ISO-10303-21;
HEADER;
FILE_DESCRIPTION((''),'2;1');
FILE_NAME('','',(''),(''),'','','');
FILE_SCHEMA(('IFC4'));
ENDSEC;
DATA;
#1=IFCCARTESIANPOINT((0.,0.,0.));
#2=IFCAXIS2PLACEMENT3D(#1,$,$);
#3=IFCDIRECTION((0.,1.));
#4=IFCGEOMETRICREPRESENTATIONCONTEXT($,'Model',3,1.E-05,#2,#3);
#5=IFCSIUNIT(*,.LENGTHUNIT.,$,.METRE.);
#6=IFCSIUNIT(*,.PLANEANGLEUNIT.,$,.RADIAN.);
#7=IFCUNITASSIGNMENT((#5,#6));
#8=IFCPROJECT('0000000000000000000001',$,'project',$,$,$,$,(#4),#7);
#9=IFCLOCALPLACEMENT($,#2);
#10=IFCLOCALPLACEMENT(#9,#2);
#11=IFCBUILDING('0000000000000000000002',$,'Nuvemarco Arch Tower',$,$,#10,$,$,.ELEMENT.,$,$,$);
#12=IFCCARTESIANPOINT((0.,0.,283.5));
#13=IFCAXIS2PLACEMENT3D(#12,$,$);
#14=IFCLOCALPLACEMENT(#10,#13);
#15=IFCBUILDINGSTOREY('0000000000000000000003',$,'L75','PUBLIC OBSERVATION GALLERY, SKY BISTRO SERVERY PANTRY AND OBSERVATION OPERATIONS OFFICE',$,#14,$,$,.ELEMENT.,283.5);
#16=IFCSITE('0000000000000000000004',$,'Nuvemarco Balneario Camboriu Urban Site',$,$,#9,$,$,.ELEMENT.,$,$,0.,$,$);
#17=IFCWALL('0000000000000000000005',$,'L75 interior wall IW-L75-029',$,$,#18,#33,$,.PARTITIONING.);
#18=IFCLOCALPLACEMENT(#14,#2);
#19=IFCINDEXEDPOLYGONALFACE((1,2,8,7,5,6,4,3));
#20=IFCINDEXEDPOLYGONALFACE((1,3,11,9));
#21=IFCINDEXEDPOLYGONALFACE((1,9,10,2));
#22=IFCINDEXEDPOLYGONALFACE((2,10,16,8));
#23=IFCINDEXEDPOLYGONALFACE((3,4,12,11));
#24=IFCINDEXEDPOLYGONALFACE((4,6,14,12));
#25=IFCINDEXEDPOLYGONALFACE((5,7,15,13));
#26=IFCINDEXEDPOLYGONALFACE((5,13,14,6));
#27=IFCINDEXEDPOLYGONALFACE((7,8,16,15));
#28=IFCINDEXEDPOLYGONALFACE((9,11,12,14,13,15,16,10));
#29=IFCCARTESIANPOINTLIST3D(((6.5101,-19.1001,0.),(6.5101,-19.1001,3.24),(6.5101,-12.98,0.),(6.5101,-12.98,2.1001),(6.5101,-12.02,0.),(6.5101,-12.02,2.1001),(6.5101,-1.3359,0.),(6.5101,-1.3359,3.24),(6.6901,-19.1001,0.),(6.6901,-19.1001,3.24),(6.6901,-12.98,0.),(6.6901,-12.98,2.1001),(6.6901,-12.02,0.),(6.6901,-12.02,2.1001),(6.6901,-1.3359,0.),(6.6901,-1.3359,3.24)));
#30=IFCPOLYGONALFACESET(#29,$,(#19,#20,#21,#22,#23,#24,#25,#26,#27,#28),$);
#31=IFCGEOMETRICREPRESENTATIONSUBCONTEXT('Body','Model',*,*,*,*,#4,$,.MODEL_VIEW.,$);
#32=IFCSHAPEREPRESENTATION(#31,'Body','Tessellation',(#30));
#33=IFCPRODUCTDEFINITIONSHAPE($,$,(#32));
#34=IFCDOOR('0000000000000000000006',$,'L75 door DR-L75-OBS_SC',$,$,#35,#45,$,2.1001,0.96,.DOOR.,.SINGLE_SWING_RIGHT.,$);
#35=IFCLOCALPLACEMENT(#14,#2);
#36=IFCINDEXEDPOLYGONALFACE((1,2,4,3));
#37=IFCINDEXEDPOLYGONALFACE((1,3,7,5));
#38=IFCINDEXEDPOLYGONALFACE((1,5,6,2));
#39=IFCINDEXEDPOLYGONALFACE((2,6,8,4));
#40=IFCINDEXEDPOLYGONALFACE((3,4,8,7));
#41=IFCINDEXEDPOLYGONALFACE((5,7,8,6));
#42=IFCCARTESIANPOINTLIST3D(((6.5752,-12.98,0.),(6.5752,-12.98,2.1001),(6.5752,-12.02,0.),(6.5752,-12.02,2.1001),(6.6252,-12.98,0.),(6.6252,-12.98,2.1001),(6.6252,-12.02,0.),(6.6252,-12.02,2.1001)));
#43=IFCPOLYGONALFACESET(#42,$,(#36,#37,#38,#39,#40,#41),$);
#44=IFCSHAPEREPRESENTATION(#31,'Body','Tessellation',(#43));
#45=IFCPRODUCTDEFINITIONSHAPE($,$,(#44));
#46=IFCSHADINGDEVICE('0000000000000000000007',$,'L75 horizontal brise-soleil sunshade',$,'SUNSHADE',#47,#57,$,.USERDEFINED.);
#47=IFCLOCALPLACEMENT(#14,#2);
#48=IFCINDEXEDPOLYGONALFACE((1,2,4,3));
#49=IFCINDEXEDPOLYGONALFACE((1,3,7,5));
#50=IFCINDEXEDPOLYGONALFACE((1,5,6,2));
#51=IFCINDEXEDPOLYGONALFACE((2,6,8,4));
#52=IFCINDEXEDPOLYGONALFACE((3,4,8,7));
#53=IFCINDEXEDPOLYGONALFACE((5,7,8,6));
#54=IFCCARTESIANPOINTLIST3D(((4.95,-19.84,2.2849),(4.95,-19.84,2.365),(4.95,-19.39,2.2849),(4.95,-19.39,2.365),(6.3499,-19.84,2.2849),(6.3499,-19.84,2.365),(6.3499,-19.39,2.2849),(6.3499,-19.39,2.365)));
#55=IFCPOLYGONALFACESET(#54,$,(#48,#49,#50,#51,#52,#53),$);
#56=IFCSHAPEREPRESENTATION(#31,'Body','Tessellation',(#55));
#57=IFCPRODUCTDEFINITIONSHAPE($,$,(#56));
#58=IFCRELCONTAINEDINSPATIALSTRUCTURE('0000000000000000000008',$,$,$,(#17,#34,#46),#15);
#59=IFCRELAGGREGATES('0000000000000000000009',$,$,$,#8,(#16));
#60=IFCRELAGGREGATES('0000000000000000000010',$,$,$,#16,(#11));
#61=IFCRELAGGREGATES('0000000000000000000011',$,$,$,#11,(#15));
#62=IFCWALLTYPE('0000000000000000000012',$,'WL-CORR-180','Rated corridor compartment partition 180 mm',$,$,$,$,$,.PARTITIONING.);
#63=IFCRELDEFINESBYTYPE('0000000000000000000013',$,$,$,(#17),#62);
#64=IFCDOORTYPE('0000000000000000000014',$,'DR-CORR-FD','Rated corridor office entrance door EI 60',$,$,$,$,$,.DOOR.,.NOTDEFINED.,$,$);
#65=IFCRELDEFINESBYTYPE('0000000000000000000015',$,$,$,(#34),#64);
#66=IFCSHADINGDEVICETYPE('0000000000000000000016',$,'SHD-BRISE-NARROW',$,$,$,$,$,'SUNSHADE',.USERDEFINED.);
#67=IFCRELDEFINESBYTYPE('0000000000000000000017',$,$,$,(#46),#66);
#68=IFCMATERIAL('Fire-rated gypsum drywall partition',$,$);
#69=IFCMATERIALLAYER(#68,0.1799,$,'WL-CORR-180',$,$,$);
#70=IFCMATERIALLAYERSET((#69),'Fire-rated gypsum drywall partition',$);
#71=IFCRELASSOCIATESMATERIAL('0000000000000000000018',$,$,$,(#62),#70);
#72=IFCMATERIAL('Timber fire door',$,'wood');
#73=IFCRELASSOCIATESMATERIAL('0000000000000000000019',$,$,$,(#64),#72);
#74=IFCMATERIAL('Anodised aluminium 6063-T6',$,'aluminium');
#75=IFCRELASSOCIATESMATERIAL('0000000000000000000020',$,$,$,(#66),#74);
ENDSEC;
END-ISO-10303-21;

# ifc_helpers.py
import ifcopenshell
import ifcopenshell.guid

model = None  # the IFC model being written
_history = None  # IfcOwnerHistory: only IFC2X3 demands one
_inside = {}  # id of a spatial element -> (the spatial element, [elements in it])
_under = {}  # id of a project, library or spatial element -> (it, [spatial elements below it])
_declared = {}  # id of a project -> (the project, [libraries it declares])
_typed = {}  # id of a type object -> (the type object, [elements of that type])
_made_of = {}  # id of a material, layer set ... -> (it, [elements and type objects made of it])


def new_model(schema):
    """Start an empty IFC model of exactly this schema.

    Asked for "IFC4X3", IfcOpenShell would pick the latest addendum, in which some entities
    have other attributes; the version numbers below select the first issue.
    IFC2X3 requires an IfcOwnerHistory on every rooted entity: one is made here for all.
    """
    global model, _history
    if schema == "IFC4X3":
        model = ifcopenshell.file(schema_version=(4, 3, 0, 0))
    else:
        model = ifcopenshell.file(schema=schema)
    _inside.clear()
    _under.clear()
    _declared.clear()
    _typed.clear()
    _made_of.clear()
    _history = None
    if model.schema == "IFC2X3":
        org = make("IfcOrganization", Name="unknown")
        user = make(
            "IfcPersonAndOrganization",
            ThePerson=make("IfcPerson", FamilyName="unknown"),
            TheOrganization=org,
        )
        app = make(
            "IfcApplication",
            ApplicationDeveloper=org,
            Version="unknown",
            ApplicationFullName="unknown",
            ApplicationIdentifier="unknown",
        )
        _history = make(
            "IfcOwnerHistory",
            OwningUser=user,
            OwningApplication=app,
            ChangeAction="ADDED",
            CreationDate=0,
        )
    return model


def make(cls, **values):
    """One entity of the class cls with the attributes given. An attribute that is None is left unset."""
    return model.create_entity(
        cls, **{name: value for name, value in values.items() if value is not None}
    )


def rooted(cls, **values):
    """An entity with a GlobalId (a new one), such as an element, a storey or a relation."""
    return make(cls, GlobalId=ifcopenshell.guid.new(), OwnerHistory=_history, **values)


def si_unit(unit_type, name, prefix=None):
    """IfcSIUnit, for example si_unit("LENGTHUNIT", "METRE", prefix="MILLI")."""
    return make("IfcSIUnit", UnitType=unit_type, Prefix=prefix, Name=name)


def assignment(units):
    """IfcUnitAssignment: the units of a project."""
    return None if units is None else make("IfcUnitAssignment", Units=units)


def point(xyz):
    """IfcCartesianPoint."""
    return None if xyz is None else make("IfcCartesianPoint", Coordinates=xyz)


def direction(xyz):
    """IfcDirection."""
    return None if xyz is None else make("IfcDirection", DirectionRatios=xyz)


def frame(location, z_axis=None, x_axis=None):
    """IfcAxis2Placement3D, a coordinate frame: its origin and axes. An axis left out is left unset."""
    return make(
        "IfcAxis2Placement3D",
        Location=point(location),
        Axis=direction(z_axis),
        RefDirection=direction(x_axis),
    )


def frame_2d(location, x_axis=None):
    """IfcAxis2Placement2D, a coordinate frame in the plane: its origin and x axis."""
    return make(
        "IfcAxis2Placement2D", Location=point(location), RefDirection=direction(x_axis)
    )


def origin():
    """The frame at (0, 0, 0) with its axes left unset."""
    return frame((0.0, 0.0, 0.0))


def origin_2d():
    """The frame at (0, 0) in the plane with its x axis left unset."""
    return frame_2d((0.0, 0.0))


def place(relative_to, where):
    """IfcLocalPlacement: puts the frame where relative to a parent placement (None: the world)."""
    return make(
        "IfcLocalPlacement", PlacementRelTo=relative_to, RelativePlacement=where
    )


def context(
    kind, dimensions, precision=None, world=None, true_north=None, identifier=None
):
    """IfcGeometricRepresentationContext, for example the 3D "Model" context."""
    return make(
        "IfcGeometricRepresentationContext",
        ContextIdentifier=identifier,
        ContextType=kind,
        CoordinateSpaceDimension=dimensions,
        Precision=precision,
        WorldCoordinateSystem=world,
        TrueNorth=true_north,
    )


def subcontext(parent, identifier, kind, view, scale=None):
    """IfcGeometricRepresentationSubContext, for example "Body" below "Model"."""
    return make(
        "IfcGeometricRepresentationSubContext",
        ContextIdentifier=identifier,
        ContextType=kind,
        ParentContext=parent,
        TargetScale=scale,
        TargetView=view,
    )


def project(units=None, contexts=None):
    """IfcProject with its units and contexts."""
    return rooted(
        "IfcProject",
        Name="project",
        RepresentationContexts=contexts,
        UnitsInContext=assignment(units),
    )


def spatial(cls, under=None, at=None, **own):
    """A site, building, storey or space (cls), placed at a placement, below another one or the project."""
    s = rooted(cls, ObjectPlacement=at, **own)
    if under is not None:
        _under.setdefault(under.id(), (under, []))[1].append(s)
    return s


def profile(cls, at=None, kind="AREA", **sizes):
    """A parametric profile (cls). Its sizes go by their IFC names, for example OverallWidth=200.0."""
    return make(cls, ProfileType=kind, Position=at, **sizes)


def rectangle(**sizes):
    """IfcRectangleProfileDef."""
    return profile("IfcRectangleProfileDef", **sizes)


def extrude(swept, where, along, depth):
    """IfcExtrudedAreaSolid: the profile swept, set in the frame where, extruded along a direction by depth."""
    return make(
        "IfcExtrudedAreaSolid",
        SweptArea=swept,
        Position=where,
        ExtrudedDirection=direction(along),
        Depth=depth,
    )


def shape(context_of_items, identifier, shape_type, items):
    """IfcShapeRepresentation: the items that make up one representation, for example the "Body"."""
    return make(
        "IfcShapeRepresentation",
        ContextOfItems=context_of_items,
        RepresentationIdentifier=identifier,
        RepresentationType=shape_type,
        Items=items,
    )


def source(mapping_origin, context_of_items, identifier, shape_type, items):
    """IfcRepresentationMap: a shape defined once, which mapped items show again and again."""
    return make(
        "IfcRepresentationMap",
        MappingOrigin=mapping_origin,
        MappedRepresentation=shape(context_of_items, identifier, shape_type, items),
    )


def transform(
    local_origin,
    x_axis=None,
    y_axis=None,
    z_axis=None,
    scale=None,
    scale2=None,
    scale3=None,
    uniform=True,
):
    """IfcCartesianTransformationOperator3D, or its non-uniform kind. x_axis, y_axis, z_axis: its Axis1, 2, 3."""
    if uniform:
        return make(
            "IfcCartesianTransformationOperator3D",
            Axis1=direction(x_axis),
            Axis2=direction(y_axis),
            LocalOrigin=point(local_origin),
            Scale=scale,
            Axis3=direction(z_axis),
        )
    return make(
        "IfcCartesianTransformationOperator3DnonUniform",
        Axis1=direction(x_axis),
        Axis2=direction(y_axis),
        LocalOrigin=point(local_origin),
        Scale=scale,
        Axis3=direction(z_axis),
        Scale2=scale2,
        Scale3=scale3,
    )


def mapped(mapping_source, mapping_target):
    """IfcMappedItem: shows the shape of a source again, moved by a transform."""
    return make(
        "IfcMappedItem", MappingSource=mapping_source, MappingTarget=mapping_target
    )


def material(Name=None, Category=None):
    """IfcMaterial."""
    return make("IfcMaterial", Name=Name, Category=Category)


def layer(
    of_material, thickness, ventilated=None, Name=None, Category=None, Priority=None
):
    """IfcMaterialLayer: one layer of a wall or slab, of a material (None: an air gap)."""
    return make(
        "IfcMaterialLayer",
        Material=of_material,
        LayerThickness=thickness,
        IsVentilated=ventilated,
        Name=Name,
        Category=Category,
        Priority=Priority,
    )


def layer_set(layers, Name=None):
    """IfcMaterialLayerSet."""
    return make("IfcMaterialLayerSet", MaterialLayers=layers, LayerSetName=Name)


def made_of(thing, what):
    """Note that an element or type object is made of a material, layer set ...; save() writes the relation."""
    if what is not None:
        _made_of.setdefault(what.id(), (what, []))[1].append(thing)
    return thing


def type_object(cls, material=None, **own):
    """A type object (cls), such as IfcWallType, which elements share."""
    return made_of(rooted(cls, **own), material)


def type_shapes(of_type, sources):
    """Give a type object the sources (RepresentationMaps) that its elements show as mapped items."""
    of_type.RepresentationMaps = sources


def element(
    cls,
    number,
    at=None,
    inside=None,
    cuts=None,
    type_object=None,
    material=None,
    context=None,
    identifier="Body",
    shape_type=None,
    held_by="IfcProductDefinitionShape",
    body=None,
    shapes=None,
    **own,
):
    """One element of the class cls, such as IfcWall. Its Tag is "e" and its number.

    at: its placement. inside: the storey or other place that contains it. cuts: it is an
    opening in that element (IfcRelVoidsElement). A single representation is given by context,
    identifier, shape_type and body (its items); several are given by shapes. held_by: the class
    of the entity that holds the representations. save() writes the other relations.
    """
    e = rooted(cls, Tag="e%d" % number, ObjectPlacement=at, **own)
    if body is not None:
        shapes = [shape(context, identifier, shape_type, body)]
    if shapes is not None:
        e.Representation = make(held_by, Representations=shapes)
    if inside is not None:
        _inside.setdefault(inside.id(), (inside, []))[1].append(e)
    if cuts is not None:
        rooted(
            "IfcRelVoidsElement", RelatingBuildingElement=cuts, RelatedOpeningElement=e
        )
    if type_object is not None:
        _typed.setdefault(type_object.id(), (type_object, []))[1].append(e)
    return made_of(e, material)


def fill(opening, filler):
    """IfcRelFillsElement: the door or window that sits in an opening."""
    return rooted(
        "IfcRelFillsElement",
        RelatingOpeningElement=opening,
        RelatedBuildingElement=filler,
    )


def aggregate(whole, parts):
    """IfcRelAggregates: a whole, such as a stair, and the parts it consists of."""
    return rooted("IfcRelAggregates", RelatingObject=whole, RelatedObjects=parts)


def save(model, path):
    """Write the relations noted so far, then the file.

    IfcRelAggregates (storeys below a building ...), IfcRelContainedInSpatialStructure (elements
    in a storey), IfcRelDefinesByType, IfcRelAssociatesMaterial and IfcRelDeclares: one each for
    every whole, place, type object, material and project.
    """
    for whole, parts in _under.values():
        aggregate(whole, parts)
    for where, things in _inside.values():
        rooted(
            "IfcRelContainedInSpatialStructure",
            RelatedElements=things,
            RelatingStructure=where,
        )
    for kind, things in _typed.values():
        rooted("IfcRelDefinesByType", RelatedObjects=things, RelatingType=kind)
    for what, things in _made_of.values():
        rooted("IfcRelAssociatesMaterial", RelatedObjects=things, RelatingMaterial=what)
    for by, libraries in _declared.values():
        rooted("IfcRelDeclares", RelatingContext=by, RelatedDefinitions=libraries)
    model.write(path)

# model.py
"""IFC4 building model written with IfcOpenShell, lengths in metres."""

from ifc_helpers import new_model, si_unit, direction, frame, frame_2d, origin, origin_2d, place, context, subcontext, project, spatial, rectangle, extrude, source, transform, mapped, material, layer, layer_set, type_object, type_shapes, element, fill, save


model = new_model("IFC4")

# Units and contexts
model_context = context("Model", 3, precision=1e-05, world=origin(), true_north=direction((0.0, 1.0)))
body_context = subcontext(model_context, "Body", "Model", "MODEL_VIEW")
ifc_project = project(units=[si_unit("LENGTHUNIT", "METRE"), si_unit("PLANEANGLEUNIT", "RADIAN")], contexts=[model_context])

# Site, building, storey
site_placement = place(None, origin())
site = spatial("IfcSite", under=ifc_project, at=site_placement, Name="Nuvemarco Balneario Camboriu Urban Site", CompositionType="ELEMENT", RefElevation=0.0)
building_placement = place(site_placement, origin())
building = spatial("IfcBuilding", under=site, at=building_placement, Name="Nuvemarco Arch Tower", CompositionType="ELEMENT")
storey_placement = place(building_placement, frame((0.0, 0.0, 283.5)))
storey = spatial("IfcBuildingStorey", under=building, at=storey_placement, Name="L75", Description="PUBLIC OBSERVATION GALLERY, SKY BISTRO SERVERY PANTRY AND OBSERVATION OPERATIONS OFFICE", CompositionType="ELEMENT", Elevation=283.5)

# Wall, opening, door
ifc_material_1 = material(Name="Fire-rated gypsum drywall partition")
ifc_layer_1 = layer(ifc_material_1, 0.1799, Name="WL-CORR-180")
ifc_layer_set_1 = layer_set([ifc_layer_1], Name="Fire-rated gypsum drywall partition")
wall_type_1 = type_object("IfcWallType", Name="WL-CORR-180", Description="Rated corridor compartment partition 180 mm", PredefinedType="PARTITIONING", material=ifc_layer_set_1)
wall_1_placement = place(storey_placement, frame((6.6001, -19.1001, 0.0), z_axis=(0.0, 0.0, 1.0), x_axis=(0.0, 1.0, 0.0)))
wall_1 = element("IfcWall", 1, at=wall_1_placement, inside=storey, type_object=wall_type_1, Name="L75 interior wall IW-L75-029", PredefinedType="PARTITIONING", context=body_context, shape_type="SweptSolid", body=[
    extrude(rectangle(XDim=17.7642, YDim=0.1799, at=frame_2d((8.8821, 0.0))), origin(), (0.0, 0.0, 1.0), 3.24),
])
opening_1_placement = place(wall_1_placement, frame((6.1201, 0.0, 0.0)))
opening_1 = element("IfcOpeningElement", 2, at=opening_1_placement, cuts=wall_1, PredefinedType="OPENING", context=body_context, shape_type="SweptSolid", body=[
    extrude(rectangle(XDim=0.96, YDim=2.1001, at=frame_2d((0.48, 1.05))), frame((0.0, 0.0999, 0.0), z_axis=(0.0, -1.0, 0.0), x_axis=(1.0, 0.0, 0.0)), (0.0, 0.0, 1.0), 0.2),
])
ifc_material_2 = material(Name="Timber fire door", Category="wood")
door_type = type_object("IfcDoorType", Name="DR-CORR-FD", Description="Rated corridor office entrance door EI 60", OperationType="NOTDEFINED", PredefinedType="DOOR", material=ifc_material_2)
shared_shape_1 = source(origin(), body_context, "Body", "SweptSolid", [
    extrude(rectangle(XDim=0.96, YDim=2.1001, at=frame_2d((0.48, 1.05))), frame((0.0, 0.0249, 0.0), z_axis=(0.0, -1.0, 0.0), x_axis=(1.0, 0.0, 0.0)), (0.0, 0.0, 1.0), 0.05),
])
type_shapes(door_type, [shared_shape_1])
door_placement = place(opening_1_placement, origin())
door = element("IfcDoor", 3, at=door_placement, inside=storey, type_object=door_type, Name="L75 door DR-L75-OBS_SC", OperationType="SINGLE_SWING_RIGHT", OverallHeight=2.1001, OverallWidth=0.96, PredefinedType="DOOR", context=body_context, shape_type="MappedRepresentation", body=[
    mapped(shared_shape_1, transform((0.0, 0.0, 0.0), scale=1.0)),
])
fill(opening_1, door)

# Shading device
ifc_material_3 = material(Name="Anodised aluminium 6063-T6", Category="aluminium")
shading_device_type = type_object("IfcShadingDeviceType", Name="SHD-BRISE-NARROW", ElementType="SUNSHADE", PredefinedType="USERDEFINED", material=ifc_material_3)
shared_shape_2 = source(origin(), body_context, "Body", "SweptSolid", [
    extrude(rectangle(XDim=1.3999, YDim=0.45, at=origin_2d()), origin(), (0.0, 0.0, 1.0), 0.0801),
])
type_shapes(shading_device_type, [shared_shape_2])
shading_device_placement = place(storey_placement, frame((5.6499, -19.615, 2.2849), z_axis=(0.0, 0.0, 1.0), x_axis=(1.0, 0.0, 0.0)))
element("IfcShadingDevice", 4, at=shading_device_placement, inside=storey, type_object=shading_device_type, Name="L75 horizontal brise-soleil sunshade", ObjectType="SUNSHADE", PredefinedType="USERDEFINED", context=body_context, shape_type="MappedRepresentation", body=[
    mapped(shared_shape_2, transform((0.0, 0.0, 0.0), scale=1.0)),
])

save(model, "model.ifc")
